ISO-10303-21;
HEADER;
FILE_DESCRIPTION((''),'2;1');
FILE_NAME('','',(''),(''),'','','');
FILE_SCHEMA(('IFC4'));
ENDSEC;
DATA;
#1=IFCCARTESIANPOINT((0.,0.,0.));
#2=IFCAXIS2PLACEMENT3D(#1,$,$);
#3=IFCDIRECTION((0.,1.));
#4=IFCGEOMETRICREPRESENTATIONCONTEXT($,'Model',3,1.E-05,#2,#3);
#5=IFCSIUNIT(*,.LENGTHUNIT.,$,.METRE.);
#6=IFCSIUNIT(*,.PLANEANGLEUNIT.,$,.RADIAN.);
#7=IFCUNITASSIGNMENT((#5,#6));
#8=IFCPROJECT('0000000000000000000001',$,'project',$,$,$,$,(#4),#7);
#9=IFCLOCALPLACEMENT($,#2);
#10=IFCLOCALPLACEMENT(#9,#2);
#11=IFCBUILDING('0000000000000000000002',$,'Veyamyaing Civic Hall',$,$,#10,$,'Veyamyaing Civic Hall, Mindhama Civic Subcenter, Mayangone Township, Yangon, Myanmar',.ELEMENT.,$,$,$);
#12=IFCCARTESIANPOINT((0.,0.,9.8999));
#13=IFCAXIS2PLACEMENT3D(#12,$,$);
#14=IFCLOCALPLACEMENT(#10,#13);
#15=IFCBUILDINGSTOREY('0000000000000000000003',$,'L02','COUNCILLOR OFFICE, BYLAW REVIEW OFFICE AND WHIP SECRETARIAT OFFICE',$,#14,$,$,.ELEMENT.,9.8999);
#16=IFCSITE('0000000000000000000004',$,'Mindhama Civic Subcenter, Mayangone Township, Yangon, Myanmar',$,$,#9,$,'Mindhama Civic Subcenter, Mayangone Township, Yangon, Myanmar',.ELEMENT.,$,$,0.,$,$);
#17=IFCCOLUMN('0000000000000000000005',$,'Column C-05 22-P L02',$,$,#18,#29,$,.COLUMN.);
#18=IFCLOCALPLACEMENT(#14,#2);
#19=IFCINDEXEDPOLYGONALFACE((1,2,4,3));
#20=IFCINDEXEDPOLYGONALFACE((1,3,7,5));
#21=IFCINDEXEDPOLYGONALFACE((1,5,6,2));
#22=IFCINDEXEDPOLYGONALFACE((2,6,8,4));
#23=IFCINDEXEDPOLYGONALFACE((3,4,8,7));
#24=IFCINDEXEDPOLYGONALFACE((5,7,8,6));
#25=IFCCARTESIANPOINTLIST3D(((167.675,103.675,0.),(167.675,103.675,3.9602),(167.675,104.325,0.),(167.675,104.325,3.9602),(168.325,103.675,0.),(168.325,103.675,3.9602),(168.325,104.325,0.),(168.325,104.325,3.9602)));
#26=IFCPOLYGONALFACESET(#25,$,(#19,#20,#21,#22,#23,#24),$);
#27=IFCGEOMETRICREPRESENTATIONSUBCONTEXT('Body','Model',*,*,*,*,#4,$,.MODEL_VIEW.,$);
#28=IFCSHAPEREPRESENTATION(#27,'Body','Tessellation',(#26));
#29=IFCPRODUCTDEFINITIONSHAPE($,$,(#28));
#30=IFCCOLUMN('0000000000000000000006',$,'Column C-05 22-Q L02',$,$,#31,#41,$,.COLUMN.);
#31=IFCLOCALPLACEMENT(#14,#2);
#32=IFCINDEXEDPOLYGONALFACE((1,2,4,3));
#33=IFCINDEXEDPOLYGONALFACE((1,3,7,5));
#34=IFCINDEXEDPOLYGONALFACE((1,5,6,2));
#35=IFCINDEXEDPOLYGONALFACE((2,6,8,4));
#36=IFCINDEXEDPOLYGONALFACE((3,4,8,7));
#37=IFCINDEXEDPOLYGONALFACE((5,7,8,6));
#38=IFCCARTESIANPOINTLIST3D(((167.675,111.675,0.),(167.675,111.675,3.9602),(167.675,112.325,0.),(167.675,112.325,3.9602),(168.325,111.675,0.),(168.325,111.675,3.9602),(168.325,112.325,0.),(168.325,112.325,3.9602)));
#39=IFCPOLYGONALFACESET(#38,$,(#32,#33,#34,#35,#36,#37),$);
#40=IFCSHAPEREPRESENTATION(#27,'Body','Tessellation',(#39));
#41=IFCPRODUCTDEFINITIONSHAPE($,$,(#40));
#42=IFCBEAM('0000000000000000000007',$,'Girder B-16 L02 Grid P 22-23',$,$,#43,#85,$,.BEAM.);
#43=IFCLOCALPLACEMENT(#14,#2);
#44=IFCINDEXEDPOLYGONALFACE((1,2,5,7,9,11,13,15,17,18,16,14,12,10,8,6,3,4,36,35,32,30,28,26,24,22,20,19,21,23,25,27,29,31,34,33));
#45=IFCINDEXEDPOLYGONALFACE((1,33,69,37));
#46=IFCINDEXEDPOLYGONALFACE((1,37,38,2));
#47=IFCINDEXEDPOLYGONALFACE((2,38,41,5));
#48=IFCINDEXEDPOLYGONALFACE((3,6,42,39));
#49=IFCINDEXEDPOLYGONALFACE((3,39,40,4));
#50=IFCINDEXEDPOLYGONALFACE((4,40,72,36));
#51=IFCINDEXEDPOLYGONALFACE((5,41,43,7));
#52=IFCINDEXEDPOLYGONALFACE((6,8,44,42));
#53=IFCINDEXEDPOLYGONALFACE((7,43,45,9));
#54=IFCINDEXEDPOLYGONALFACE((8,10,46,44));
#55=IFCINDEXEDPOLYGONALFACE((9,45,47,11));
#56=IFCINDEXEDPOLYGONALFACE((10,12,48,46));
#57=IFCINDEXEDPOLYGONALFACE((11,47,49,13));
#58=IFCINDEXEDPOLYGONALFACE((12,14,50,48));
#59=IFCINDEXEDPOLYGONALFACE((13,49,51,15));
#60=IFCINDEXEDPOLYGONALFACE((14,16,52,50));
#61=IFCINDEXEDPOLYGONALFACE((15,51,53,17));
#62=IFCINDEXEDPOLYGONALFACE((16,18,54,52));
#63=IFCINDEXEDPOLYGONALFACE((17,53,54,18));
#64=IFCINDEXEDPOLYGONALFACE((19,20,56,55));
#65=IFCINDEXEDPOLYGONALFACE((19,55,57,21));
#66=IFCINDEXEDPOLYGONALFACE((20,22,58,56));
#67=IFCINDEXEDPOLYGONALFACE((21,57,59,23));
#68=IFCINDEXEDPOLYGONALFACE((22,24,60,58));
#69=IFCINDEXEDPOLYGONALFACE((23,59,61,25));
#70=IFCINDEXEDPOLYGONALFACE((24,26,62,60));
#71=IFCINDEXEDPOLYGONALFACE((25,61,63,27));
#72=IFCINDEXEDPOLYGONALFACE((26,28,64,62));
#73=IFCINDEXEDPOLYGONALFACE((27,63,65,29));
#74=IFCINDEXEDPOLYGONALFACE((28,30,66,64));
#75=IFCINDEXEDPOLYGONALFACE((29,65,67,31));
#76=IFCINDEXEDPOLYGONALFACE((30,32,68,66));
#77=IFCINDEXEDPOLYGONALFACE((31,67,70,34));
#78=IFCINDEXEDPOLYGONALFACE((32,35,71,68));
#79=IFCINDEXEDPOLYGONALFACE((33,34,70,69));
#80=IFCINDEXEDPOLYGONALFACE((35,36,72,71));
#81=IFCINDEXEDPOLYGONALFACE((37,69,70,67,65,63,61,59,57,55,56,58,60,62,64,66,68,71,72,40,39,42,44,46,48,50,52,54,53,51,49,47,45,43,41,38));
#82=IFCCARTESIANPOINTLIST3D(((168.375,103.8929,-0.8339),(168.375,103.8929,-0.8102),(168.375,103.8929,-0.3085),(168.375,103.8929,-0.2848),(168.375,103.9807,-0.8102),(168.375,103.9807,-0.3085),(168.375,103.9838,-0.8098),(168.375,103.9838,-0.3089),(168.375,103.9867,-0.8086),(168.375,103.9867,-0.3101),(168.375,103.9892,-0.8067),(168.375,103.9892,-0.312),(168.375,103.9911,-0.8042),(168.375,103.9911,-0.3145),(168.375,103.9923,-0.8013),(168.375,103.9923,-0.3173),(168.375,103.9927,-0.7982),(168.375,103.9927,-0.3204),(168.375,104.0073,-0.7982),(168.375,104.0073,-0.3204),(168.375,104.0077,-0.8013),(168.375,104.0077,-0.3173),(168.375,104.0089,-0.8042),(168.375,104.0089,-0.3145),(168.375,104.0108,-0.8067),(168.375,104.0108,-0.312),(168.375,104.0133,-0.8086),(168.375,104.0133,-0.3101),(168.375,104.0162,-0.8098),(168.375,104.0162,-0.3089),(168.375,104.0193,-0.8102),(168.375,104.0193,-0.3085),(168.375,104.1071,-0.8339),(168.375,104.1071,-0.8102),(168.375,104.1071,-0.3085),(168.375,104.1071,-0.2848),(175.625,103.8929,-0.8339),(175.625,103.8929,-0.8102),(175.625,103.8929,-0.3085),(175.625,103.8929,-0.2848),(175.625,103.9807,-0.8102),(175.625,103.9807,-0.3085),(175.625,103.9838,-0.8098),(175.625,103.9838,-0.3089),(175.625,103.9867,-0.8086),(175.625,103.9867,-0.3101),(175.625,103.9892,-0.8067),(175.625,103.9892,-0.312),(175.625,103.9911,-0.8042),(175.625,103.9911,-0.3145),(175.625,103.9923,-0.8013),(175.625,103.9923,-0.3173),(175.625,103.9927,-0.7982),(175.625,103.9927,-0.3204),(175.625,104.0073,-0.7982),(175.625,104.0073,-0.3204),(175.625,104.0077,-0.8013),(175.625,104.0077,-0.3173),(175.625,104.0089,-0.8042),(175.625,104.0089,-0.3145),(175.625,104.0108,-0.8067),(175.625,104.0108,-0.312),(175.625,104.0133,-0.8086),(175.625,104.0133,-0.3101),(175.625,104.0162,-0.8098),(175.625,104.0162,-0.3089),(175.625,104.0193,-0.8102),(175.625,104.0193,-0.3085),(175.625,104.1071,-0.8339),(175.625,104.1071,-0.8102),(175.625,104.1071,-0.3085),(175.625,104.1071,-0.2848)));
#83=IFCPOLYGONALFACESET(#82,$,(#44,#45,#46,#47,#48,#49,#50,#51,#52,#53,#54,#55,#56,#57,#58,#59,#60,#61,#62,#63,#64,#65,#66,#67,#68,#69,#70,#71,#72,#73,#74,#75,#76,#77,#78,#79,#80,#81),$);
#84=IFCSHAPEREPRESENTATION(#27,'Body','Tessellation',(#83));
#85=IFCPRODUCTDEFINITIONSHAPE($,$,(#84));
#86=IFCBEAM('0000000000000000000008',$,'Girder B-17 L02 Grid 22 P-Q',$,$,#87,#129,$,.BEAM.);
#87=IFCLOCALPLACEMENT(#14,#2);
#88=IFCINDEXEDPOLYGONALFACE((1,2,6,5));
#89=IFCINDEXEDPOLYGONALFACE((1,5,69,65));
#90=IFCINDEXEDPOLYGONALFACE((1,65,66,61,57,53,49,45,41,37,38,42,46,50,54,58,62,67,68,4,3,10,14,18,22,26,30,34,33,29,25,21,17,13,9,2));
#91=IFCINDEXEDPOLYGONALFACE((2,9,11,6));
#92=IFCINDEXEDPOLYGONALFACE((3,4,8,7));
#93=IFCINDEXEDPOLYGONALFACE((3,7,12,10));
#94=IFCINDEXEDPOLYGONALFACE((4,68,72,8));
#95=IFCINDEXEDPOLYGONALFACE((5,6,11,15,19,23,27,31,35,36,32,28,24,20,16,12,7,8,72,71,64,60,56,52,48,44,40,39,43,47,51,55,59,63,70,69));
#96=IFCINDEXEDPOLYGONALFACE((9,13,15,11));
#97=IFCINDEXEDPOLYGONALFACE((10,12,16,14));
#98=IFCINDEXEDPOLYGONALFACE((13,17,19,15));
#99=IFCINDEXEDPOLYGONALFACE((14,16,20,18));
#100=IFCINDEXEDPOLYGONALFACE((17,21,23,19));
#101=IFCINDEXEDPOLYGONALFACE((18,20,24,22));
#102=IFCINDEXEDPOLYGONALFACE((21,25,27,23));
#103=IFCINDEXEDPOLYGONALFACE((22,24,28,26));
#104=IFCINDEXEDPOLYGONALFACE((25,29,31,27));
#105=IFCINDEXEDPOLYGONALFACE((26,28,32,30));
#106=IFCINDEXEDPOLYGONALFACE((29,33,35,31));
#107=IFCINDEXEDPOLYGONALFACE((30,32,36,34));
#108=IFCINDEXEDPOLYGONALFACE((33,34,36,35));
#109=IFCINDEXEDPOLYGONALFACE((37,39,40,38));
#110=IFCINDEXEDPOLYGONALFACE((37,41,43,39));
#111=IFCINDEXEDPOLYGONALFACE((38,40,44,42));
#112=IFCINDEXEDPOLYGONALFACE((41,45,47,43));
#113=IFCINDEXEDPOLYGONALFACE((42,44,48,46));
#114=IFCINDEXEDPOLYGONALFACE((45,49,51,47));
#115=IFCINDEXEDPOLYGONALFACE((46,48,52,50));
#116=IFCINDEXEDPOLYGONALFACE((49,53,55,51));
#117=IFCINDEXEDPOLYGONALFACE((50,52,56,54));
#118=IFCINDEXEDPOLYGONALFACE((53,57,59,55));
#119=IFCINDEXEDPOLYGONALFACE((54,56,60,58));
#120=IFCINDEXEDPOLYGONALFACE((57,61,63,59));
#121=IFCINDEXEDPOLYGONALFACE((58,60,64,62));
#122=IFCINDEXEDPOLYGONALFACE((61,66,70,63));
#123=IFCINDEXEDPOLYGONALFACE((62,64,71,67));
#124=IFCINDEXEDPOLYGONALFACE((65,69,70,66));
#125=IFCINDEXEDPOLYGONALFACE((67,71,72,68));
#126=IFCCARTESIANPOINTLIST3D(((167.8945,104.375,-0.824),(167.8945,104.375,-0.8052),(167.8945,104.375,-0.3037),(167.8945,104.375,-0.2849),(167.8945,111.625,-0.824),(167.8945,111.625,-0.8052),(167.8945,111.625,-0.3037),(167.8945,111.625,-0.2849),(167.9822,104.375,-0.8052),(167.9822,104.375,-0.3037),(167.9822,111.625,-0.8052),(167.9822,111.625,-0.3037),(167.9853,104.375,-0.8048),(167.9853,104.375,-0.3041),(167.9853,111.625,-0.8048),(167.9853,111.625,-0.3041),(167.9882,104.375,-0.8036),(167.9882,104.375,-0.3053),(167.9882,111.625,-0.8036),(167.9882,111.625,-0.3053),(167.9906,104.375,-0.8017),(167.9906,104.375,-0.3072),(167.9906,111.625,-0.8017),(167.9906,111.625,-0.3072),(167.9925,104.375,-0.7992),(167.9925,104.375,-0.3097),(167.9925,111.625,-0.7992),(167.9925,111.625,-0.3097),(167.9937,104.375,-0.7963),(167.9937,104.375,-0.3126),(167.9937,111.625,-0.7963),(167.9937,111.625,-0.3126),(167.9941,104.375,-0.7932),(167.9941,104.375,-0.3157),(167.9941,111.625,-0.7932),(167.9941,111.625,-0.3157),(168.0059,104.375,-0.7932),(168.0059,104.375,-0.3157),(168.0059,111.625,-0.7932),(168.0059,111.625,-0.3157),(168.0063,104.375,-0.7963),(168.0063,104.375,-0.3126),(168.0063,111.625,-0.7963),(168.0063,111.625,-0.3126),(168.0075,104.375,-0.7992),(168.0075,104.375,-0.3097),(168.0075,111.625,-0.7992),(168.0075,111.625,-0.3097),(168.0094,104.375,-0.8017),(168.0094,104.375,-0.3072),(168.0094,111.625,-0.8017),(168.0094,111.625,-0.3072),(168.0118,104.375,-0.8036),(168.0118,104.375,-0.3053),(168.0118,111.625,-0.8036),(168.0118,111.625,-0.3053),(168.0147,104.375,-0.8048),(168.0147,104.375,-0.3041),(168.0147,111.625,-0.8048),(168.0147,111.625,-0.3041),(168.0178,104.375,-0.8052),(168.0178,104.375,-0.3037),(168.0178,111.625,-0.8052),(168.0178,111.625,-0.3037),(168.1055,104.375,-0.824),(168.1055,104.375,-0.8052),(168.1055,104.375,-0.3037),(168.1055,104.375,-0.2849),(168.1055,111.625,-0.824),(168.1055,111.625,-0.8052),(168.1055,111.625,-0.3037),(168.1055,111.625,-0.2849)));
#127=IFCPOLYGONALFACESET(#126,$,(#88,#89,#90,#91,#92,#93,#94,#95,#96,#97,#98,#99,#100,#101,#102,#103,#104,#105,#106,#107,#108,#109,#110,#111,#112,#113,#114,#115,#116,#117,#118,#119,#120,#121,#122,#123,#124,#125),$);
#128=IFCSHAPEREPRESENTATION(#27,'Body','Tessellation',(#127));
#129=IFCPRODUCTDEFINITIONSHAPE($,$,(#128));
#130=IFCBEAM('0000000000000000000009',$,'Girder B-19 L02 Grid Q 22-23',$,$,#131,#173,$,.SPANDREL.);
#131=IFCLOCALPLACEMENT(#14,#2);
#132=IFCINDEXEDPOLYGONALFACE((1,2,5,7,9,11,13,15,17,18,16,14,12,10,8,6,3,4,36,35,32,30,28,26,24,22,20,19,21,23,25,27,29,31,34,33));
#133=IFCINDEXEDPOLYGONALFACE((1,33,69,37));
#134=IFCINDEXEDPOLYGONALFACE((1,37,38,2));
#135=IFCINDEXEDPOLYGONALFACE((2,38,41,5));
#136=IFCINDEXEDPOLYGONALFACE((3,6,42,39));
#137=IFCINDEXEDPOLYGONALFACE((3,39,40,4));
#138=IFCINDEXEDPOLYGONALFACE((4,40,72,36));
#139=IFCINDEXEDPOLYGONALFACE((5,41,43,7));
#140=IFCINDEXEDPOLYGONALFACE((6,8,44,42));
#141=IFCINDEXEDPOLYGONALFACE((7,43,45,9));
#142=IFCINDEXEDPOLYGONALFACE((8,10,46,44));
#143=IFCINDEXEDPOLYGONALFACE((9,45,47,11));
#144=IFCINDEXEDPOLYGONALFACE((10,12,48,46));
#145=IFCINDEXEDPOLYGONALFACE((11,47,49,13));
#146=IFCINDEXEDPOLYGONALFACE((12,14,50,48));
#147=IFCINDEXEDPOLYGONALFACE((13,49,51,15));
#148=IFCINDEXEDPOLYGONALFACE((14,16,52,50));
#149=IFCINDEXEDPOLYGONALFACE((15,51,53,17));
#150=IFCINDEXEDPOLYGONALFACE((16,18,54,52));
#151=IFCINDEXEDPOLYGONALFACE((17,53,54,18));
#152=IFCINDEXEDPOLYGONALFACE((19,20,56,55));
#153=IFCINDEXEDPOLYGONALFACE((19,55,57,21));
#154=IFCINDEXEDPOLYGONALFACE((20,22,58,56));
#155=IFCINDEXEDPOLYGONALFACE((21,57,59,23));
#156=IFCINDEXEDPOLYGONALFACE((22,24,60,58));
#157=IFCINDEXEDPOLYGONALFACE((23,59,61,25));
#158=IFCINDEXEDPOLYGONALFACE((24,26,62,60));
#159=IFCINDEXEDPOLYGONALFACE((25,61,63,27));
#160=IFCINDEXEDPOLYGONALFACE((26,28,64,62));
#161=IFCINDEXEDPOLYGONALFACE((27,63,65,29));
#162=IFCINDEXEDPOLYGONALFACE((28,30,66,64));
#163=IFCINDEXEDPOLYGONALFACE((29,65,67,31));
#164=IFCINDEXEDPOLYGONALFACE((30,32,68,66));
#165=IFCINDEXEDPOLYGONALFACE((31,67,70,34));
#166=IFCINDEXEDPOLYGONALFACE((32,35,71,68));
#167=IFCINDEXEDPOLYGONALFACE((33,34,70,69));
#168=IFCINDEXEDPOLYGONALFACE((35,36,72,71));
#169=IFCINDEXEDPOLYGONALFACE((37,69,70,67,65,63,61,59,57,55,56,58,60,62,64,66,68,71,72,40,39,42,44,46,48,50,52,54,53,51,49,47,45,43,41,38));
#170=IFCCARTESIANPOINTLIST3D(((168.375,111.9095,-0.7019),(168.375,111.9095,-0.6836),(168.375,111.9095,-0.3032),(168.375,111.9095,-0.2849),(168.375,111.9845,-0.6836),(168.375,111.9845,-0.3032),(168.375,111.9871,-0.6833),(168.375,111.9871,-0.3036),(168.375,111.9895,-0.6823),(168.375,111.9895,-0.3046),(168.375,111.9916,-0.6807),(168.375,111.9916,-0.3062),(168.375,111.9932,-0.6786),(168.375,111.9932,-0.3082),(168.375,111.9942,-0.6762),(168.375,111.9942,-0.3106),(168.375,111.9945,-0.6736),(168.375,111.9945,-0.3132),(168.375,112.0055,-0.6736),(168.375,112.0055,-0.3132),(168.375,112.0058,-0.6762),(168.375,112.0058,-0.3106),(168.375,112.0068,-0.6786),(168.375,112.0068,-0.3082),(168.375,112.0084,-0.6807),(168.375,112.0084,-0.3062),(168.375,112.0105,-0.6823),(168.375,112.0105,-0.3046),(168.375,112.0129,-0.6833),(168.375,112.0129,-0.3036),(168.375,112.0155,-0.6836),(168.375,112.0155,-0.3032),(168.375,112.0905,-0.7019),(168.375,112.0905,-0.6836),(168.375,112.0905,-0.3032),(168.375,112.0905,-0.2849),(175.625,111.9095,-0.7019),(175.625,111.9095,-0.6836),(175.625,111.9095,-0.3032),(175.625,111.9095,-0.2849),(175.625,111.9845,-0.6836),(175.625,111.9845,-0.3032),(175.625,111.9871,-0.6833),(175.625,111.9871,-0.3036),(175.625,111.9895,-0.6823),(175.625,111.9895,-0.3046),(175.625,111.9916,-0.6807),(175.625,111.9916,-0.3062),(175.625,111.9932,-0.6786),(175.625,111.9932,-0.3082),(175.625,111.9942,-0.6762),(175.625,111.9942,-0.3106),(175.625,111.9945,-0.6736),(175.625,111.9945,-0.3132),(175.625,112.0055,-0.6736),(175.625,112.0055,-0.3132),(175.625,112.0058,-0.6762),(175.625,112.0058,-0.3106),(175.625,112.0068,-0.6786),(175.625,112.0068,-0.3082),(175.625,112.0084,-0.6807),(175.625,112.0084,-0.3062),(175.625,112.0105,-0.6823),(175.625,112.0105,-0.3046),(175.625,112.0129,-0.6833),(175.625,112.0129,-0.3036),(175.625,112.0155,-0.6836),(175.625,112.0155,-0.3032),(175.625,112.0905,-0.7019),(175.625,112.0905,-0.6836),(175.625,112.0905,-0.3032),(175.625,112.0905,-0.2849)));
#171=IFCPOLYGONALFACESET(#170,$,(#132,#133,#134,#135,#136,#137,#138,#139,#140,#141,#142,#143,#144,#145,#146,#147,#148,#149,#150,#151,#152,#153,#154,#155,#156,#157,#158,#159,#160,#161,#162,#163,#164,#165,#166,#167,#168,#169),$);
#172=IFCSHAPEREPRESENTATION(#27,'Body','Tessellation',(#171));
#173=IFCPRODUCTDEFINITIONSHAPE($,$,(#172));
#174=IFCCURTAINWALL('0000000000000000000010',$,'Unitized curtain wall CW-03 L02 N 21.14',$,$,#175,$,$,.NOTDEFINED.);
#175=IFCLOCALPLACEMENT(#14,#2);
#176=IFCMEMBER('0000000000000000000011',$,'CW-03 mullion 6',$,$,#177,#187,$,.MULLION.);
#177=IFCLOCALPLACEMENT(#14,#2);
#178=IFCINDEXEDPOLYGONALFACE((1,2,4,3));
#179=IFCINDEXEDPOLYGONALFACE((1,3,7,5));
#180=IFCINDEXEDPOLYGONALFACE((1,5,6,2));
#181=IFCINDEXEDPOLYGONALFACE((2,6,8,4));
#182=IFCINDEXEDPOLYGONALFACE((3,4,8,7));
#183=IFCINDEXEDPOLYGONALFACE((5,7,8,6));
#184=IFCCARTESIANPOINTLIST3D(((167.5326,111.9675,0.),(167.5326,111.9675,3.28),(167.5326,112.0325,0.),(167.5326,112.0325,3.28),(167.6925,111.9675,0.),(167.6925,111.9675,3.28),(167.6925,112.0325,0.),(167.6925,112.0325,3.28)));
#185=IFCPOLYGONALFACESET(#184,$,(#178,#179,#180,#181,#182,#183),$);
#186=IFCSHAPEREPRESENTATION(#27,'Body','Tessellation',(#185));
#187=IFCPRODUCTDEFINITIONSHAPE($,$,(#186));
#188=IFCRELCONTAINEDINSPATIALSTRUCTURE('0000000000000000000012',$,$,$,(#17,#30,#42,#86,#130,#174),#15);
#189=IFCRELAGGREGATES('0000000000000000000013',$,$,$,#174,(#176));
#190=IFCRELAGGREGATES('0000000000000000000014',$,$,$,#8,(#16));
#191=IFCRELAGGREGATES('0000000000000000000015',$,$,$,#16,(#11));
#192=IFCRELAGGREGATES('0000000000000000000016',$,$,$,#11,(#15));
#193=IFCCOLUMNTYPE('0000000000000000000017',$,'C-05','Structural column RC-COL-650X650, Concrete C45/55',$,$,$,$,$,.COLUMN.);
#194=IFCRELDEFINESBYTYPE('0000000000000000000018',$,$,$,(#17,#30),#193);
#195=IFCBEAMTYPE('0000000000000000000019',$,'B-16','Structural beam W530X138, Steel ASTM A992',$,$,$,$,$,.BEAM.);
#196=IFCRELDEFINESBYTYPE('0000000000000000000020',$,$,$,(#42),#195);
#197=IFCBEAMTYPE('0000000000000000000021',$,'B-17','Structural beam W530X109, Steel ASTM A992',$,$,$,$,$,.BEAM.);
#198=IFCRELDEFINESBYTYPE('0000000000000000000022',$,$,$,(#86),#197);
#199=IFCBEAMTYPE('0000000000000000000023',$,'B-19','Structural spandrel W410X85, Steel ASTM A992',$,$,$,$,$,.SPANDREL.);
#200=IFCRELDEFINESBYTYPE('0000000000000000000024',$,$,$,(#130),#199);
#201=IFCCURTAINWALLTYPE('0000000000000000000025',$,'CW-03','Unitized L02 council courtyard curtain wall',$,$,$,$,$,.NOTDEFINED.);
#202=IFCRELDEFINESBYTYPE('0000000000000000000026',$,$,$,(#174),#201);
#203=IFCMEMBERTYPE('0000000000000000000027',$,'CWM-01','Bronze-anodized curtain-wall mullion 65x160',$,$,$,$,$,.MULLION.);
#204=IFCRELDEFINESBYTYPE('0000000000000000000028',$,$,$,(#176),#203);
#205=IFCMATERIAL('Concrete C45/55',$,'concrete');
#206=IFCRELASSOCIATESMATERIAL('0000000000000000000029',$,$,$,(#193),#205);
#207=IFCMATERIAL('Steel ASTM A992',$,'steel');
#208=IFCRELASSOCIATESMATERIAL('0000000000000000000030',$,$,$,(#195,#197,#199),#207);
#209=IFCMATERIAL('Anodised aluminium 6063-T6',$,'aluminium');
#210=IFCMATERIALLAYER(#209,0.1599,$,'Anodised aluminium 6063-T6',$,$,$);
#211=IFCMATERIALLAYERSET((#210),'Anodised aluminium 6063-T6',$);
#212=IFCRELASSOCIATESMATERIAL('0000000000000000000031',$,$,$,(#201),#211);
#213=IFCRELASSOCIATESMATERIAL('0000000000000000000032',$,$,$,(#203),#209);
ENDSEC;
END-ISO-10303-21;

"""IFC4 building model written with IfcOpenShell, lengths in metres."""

from ifc_helpers import new_model, si_unit, direction, frame, origin, origin_2d, place, context, subcontext, project, spatial, rectangle, i_section, extrude, material, layer, layer_set, material_profile, profile_set, type_object, element, aggregate, save


model = new_model("IFC4")

# Units and contexts
model_context = context("Model", 3, precision=1e-05, world=origin(), true_north=direction((0.0, 1.0)))
body_context = subcontext(model_context, "Body", "Model", "MODEL_VIEW")
ifc_project = project(units=[si_unit("LENGTHUNIT", "METRE"), si_unit("PLANEANGLEUNIT", "RADIAN")], contexts=[model_context])

# Site, building, storey
site_placement = place(None, origin())
site = spatial("IfcSite", under=ifc_project, at=site_placement, Name="Mindhama Civic Subcenter, Mayangone Township, Yangon, Myanmar", LongName="Mindhama Civic Subcenter, Mayangone Township, Yangon, Myanmar", CompositionType="ELEMENT", RefElevation=0.0)
building_placement = place(site_placement, origin())
building = spatial("IfcBuilding", under=site, at=building_placement, Name="Veyamyaing Civic Hall", LongName="Veyamyaing Civic Hall, Mindhama Civic Subcenter, Mayangone Township, Yangon, Myanmar", CompositionType="ELEMENT")
storey_placement = place(building_placement, frame((0.0, 0.0, 9.8999)))
storey = spatial("IfcBuildingStorey", under=building, at=storey_placement, Name="L02", Description="COUNCILLOR OFFICE, BYLAW REVIEW OFFICE AND WHIP SECRETARIAT OFFICE", CompositionType="ELEMENT", Elevation=9.8999)

# Columns
ifc_material_1 = material(Name="Concrete C45/55", Category="concrete")
ifc_material_profile_1 = material_profile(ifc_material_1, rectangle(XDim=0.6499, YDim=0.6499, at=origin_2d()), Name="RC-COL-650X650")
ifc_profile_set_1 = profile_set([ifc_material_profile_1], Name="Concrete C45/55")
column_type = type_object("IfcColumnType", Name="C-05", Description="Structural column RC-COL-650X650, Concrete C45/55", PredefinedType="COLUMN", material=ifc_profile_set_1)
for number, where, z_axis, x_axis, name in (
    (1, (168.0, 104.0, 0.0), (0.0, 0.0, 1.0), (1.0, 0.0, 0.0), "Column C-05 22-P L02"),
    (2, (168.0, 112.0, 0.0), (0.0, 0.0, 1.0), (1.0, 0.0, 0.0), "Column C-05 22-Q L02"),
):
    element("IfcColumn", number, at=place(storey_placement, frame(where, z_axis=z_axis, x_axis=x_axis)), inside=storey, type_object=column_type, Name=name, PredefinedType="COLUMN", context=body_context, shape_type="SweptSolid", body=[
        extrude(rectangle(XDim=0.6499, YDim=0.6499, at=origin_2d()), origin(), (0.0, 0.0, 1.0), 3.9602),
    ])

# Beams
ifc_material_2 = material(Name="Steel ASTM A992", Category="steel")
ifc_material_profile_2 = material_profile(ifc_material_2, i_section(OverallWidth=0.2141, OverallDepth=0.5491, WebThickness=0.0146, FlangeThickness=0.0237, FilletRadius=0.012, at=origin_2d()), Name="W530X138")
ifc_profile_set_2 = profile_set([ifc_material_profile_2], Name="Steel ASTM A992")
beam_type_1 = type_object("IfcBeamType", Name="B-16", Description="Structural beam W530X138, Steel ASTM A992", PredefinedType="BEAM", material=ifc_profile_set_2)
beam_1_placement = place(storey_placement, frame((168.375, 104.0, -0.5593), z_axis=(1.0, 0.0, 0.0), x_axis=(0.0, 1.0, 0.0)))
element("IfcBeam", 3, at=beam_1_placement, inside=storey, type_object=beam_type_1, Name="Girder B-16 L02 Grid P 22-23", PredefinedType="BEAM", context=body_context, shape_type="SweptSolid", body=[
    extrude(i_section(OverallWidth=0.2141, OverallDepth=0.5491, WebThickness=0.0146, FlangeThickness=0.0237, FilletRadius=0.012, at=origin_2d()), origin(), (0.0, 0.0, 1.0), 7.25),
])
ifc_material_profile_3 = material_profile(ifc_material_2, i_section(OverallWidth=0.2109, OverallDepth=0.5391, WebThickness=0.0117, FlangeThickness=0.0188, FilletRadius=0.012, at=origin_2d()), Name="W530X109")
ifc_profile_set_3 = profile_set([ifc_material_profile_3], Name="Steel ASTM A992")
beam_type_2 = type_object("IfcBeamType", Name="B-17", Description="Structural beam W530X109, Steel ASTM A992", PredefinedType="BEAM", material=ifc_profile_set_3)
beam_2_placement = place(storey_placement, frame((168.0, 104.375, -0.5544), z_axis=(0.0, 1.0, 0.0), x_axis=(-1.0, 0.0, 0.0)))
element("IfcBeam", 4, at=beam_2_placement, inside=storey, type_object=beam_type_2, Name="Girder B-17 L02 Grid 22 P-Q", PredefinedType="BEAM", context=body_context, shape_type="SweptSolid", body=[
    extrude(i_section(OverallWidth=0.2109, OverallDepth=0.5391, WebThickness=0.0117, FlangeThickness=0.0188, FilletRadius=0.012, at=origin_2d()), origin(), (0.0, 0.0, 1.0), 7.25),
])
ifc_material_profile_4 = material_profile(ifc_material_2, i_section(OverallWidth=0.1809, OverallDepth=0.417, WebThickness=0.011, FlangeThickness=0.0183, FilletRadius=0.01, at=origin_2d()), Name="W410X85")
ifc_profile_set_4 = profile_set([ifc_material_profile_4], Name="Steel ASTM A992")
beam_type_3 = type_object("IfcBeamType", Name="B-19", Description="Structural spandrel W410X85, Steel ASTM A992", PredefinedType="SPANDREL", material=ifc_profile_set_4)
beam_3_placement = place(storey_placement, frame((168.375, 112.0, -0.4934), z_axis=(1.0, 0.0, 0.0), x_axis=(0.0, 1.0, 0.0)))
element("IfcBeam", 5, at=beam_3_placement, inside=storey, type_object=beam_type_3, Name="Girder B-19 L02 Grid Q 22-23", PredefinedType="SPANDREL", context=body_context, shape_type="SweptSolid", body=[
    extrude(i_section(OverallWidth=0.1809, OverallDepth=0.417, WebThickness=0.011, FlangeThickness=0.0183, FilletRadius=0.01, at=origin_2d()), origin(), (0.0, 0.0, 1.0), 7.25),
])

# Curtain wall, member
ifc_material_3 = material(Name="Anodised aluminium 6063-T6", Category="aluminium")
ifc_layer_1 = layer(ifc_material_3, 0.1599, Name="Anodised aluminium 6063-T6")
ifc_layer_set_1 = layer_set([ifc_layer_1], Name="Anodised aluminium 6063-T6")
curtain_wall_type = type_object("IfcCurtainWallType", Name="CW-03", Description="Unitized L02 council courtyard curtain wall", PredefinedType="NOTDEFINED", material=ifc_layer_set_1)
curtain_wall_placement = place(storey_placement, origin())
curtain_wall = element("IfcCurtainWall", 6, at=curtain_wall_placement, inside=storey, type_object=curtain_wall_type, Name="Unitized curtain wall CW-03 L02 N 21.14", PredefinedType="NOTDEFINED")
ifc_material_profile_5 = material_profile(ifc_material_3, rectangle(XDim=0.0649, YDim=0.1599, at=origin_2d()), Name="ALU-MUL-65X160")
ifc_profile_set_5 = profile_set([ifc_material_profile_5], Name="Anodised aluminium 6063-T6")
member_type_1 = type_object("IfcMemberType", Name="CWM-01", Description="Bronze-anodized curtain-wall mullion 65x160", PredefinedType="MULLION", material=ifc_profile_set_5)
member_1_placement = place(storey_placement, frame((167.6125, 112.0, 0.0), z_axis=(0.0, 0.0, 1.0), x_axis=(0.0, 1.0, 0.0)))
member_1 = element("IfcMember", 7, at=member_1_placement, type_object=member_type_1, Name="CW-03 mullion 6", PredefinedType="MULLION", context=body_context, shape_type="SweptSolid", body=[
    extrude(rectangle(XDim=0.0649, YDim=0.1599, at=origin_2d()), origin(), (0.0, 0.0, 1.0), 3.28),
])

aggregate(curtain_wall, [member_1])

save(model, "model.ifc")
